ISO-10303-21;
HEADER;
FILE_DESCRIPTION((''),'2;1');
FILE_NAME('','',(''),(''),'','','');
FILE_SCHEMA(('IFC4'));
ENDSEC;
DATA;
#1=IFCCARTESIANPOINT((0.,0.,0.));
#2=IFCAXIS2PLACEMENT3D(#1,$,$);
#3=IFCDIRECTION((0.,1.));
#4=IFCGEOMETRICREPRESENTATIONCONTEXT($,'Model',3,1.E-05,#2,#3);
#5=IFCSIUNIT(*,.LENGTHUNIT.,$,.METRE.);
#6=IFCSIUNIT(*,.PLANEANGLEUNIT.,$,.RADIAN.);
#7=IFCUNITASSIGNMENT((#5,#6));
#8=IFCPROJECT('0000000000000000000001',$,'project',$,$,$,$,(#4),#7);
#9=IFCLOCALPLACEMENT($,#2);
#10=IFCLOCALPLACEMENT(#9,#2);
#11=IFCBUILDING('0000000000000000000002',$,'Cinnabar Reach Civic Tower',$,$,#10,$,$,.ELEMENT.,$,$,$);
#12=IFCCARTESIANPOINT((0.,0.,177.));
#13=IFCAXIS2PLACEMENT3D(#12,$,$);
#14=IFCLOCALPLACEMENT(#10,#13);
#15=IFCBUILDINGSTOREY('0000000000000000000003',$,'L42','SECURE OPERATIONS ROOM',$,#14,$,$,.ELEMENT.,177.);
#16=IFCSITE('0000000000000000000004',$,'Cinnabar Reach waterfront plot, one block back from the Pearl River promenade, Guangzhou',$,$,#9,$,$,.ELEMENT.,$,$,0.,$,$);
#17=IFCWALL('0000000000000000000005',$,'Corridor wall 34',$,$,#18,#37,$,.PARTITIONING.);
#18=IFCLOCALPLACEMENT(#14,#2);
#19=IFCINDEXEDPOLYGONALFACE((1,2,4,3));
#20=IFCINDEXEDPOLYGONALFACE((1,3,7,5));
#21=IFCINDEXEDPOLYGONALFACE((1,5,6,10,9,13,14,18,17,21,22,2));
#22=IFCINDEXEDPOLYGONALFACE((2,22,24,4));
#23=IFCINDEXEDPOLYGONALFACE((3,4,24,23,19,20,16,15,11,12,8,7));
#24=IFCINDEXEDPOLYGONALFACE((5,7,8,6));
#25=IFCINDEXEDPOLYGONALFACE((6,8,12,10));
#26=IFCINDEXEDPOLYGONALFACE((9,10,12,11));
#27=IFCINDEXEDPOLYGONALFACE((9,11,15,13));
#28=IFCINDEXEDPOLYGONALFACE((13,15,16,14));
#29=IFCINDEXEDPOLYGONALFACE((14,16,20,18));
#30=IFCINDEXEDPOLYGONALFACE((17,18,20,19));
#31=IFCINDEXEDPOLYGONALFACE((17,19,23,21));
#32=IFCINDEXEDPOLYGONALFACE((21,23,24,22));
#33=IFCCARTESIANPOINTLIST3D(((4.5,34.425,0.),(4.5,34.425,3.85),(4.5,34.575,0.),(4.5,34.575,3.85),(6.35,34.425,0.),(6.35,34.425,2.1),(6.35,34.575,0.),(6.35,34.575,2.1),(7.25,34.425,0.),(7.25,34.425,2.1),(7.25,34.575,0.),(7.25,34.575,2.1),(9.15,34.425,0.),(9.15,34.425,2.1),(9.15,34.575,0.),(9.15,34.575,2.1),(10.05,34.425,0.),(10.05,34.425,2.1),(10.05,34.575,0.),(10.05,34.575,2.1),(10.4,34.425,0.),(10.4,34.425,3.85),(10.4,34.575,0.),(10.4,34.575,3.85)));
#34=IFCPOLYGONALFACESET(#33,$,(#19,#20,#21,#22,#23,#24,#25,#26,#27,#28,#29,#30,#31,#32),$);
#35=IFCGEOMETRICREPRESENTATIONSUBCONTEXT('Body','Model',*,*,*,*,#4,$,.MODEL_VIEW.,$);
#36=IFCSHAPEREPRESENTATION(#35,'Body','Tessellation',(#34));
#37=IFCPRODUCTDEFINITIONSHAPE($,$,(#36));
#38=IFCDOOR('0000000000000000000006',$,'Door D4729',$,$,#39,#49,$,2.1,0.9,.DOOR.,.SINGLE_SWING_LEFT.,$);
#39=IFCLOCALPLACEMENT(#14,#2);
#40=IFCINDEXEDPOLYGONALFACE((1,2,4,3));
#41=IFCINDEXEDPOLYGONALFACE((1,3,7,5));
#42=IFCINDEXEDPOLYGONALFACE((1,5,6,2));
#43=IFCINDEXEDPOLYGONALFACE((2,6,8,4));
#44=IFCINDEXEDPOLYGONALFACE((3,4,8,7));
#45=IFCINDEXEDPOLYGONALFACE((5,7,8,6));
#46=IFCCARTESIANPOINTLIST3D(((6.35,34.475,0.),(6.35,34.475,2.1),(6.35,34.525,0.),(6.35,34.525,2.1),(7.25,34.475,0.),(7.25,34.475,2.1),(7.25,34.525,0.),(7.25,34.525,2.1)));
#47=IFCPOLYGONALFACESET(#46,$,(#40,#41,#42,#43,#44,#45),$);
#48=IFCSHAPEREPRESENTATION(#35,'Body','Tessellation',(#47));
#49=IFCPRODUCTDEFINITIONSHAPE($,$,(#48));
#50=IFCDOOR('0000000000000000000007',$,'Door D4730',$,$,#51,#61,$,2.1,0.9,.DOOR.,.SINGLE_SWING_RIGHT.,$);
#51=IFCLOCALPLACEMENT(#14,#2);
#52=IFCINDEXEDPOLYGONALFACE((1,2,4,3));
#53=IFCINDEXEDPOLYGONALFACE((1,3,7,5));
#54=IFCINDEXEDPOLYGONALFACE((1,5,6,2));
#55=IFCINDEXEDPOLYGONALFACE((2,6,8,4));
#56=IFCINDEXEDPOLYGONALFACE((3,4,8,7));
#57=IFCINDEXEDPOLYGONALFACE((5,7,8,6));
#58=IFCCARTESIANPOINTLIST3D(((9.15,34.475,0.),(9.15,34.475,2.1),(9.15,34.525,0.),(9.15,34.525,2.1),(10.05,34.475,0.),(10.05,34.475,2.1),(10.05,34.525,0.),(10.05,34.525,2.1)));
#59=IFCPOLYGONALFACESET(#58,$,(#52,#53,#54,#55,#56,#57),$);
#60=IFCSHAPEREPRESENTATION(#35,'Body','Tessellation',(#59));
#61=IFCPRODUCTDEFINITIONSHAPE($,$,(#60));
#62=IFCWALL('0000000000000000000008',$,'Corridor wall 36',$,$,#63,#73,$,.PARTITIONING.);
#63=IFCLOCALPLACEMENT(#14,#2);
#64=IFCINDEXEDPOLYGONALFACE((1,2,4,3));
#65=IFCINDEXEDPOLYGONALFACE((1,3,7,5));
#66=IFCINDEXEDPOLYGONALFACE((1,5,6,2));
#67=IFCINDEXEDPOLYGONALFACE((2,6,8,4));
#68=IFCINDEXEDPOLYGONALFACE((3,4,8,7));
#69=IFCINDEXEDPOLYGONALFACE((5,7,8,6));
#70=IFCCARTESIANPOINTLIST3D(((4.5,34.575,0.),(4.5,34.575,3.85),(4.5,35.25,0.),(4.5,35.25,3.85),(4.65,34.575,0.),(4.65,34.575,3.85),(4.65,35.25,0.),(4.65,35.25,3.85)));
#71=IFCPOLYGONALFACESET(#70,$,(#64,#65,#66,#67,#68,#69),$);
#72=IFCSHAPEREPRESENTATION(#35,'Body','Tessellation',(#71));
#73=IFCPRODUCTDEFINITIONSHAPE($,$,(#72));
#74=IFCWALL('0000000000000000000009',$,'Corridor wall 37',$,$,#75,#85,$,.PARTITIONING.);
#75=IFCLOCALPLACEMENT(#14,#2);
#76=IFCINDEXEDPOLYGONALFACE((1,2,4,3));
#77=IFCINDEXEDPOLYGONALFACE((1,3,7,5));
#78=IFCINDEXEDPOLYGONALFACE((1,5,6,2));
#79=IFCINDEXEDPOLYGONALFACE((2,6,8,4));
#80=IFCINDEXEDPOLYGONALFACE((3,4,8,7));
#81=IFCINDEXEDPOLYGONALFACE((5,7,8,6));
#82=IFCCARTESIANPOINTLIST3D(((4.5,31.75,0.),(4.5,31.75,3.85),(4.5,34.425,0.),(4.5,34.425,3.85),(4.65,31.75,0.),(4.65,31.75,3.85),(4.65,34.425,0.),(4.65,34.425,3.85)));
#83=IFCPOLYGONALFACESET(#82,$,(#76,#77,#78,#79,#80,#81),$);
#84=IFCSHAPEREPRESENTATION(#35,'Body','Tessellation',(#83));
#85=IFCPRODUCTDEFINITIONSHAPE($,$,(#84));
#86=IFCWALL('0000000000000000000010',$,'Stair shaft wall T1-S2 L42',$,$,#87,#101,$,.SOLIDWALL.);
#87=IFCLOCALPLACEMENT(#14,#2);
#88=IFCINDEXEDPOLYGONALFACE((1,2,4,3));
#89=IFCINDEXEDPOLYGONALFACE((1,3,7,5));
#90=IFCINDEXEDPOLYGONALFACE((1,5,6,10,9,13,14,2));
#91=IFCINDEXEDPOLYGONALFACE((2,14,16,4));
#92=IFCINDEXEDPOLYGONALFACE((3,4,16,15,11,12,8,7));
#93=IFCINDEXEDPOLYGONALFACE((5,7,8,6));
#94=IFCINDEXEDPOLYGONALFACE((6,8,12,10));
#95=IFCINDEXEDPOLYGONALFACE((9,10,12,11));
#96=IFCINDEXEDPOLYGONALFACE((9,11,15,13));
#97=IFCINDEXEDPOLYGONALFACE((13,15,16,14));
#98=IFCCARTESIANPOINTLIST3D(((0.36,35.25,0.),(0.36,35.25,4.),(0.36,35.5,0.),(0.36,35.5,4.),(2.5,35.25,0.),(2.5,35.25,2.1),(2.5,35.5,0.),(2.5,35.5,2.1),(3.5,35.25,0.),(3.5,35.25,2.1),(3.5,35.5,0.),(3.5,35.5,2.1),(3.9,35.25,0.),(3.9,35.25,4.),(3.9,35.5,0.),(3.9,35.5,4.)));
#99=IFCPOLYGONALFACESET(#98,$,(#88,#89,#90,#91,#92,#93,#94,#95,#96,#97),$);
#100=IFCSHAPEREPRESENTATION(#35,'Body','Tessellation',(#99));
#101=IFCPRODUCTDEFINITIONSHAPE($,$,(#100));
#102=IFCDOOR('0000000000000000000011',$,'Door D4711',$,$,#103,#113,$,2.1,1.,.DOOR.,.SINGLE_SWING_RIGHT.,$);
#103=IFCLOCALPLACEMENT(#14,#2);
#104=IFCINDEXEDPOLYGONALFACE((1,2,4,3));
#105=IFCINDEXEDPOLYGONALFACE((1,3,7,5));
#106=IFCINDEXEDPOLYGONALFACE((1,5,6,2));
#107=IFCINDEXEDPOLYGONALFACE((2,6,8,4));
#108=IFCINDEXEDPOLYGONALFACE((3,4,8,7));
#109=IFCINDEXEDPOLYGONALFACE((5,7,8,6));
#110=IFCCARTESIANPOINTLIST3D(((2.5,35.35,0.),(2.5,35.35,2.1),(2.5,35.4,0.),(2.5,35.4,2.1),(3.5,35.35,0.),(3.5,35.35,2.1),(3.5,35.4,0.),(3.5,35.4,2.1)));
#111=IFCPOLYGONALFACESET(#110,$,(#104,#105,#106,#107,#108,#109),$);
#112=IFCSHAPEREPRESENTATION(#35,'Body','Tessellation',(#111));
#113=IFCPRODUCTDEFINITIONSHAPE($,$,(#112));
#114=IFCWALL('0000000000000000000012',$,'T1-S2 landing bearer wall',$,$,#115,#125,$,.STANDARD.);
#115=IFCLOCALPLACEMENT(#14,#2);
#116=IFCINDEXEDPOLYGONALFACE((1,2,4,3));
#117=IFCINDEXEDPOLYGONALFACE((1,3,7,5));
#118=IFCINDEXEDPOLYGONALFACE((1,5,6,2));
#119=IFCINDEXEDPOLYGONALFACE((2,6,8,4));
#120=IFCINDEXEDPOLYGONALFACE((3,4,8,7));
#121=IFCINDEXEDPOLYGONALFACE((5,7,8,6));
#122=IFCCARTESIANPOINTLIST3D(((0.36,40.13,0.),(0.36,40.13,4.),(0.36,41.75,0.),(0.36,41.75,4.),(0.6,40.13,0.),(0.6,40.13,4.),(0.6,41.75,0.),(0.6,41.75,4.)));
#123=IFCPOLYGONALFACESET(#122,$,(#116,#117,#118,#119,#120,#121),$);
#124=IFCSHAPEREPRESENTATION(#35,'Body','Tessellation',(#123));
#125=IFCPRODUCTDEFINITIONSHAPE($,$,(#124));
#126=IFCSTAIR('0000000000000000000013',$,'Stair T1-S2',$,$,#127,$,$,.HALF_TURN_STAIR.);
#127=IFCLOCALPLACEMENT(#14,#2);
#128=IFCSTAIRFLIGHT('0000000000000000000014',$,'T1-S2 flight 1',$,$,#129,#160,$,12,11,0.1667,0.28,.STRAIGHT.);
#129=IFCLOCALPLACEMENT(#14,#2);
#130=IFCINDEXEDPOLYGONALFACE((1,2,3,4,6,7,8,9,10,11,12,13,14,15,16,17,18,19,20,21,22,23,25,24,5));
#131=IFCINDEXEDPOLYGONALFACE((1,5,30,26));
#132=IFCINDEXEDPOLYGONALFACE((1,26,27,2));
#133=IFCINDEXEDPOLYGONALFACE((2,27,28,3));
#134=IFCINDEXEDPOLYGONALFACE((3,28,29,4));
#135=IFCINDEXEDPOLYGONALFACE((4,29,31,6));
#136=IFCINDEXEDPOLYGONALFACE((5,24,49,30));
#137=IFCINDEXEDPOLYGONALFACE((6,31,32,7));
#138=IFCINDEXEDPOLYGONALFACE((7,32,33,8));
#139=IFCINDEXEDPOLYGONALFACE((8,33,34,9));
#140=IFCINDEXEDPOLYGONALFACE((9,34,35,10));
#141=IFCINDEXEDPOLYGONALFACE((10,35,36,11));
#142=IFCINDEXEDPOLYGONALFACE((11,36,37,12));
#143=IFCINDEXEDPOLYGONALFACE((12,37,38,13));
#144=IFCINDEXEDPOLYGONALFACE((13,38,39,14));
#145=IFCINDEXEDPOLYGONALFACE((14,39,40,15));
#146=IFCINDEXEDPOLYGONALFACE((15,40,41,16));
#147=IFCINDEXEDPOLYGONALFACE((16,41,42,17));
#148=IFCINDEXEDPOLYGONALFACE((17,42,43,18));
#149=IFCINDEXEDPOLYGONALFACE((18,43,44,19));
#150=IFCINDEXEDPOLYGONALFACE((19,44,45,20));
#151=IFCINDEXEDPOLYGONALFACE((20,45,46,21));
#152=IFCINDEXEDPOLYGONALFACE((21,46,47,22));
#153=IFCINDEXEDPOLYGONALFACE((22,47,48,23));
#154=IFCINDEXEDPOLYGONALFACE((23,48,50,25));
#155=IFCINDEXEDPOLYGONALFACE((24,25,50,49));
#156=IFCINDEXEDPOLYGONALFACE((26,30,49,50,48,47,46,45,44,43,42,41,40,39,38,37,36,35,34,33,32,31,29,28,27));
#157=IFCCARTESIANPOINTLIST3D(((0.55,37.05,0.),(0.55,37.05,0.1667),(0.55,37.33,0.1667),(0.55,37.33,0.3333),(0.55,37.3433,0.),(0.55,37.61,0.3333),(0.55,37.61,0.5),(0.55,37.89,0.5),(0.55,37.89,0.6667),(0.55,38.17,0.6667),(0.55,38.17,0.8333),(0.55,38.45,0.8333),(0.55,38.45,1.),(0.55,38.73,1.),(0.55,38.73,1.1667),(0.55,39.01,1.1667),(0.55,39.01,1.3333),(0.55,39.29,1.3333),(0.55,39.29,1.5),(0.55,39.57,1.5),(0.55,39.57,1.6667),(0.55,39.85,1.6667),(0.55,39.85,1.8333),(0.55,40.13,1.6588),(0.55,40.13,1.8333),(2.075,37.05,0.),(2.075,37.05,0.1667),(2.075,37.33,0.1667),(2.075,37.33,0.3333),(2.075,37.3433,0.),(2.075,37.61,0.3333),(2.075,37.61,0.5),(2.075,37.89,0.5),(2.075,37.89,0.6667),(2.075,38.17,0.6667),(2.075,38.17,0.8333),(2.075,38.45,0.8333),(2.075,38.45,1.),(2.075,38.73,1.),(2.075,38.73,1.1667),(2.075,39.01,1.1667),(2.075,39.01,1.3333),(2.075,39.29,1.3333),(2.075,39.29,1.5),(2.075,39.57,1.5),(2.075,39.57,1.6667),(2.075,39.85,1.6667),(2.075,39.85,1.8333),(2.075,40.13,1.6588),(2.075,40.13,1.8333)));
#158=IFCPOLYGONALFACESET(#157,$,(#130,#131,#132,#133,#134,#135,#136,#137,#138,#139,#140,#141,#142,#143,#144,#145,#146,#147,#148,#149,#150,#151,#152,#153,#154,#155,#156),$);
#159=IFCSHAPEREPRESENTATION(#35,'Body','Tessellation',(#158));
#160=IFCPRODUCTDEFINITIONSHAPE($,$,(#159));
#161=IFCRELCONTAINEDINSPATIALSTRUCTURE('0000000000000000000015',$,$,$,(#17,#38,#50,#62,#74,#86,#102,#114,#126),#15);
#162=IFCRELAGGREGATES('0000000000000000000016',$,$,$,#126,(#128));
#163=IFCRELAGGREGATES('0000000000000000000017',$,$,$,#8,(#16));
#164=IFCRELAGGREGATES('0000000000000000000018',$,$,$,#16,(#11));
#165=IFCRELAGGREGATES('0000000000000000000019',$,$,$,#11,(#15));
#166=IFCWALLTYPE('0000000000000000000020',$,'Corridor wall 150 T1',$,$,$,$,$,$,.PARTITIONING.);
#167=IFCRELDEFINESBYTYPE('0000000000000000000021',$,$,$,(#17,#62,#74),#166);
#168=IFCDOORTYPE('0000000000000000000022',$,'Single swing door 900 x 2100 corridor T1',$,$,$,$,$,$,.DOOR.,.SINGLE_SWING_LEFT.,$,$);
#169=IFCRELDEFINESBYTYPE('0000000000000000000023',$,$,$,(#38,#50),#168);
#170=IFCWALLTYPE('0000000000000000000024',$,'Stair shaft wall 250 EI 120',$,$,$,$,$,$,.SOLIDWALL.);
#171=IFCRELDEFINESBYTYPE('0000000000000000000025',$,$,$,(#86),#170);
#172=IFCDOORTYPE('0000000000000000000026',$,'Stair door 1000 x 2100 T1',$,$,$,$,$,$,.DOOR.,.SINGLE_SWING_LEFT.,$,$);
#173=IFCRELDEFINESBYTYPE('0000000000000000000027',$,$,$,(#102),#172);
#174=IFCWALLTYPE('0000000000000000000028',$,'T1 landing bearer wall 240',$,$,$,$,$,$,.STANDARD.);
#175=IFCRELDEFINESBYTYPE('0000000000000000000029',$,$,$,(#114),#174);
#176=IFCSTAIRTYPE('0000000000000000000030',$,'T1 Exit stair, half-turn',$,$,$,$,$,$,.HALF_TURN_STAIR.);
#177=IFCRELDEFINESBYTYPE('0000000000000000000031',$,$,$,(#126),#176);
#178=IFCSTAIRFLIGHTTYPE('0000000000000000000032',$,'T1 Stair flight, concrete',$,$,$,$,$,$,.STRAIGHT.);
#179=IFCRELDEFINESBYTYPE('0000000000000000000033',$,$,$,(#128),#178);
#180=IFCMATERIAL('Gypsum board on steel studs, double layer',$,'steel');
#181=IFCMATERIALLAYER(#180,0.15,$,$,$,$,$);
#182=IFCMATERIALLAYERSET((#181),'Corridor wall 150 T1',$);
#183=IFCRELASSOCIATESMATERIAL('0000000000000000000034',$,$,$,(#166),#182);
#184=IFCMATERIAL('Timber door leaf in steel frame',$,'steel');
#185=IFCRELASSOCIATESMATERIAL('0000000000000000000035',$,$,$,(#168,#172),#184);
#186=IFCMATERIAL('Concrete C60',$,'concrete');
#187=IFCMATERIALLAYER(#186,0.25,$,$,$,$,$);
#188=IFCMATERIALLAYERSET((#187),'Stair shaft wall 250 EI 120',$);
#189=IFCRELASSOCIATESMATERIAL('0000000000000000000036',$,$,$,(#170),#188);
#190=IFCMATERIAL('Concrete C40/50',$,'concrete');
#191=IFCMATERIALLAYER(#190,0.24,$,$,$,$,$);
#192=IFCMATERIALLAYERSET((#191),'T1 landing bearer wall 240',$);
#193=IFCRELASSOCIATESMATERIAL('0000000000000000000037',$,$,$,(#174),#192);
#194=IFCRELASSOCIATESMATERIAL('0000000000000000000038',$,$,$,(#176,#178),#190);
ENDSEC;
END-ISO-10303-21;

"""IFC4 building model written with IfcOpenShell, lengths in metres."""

from ifc_helpers import new_model, si_unit, direction, frame, frame_2d, origin, place, context, subcontext, project, spatial, polyline, rectangle, outline, extrude, material, layer, layer_set, type_object, element, fill, aggregate, save


model = new_model("IFC4")

# Units and contexts
model_context = context("Model", 3, precision=1e-05, world=origin(), true_north=direction((0.0, 1.0)))
body_context = subcontext(model_context, "Body", "Model", "MODEL_VIEW")
ifc_project = project(units=[si_unit("LENGTHUNIT", "METRE"), si_unit("PLANEANGLEUNIT", "RADIAN")], contexts=[model_context])

# Site, building, storey
site_placement = place(None, origin())
site = spatial("IfcSite", under=ifc_project, at=site_placement, Name="Cinnabar Reach waterfront plot, one block back from the Pearl River promenade, Guangzhou", CompositionType="ELEMENT", RefElevation=0.0)
building_placement = place(site_placement, origin())
building = spatial("IfcBuilding", under=site, at=building_placement, Name="Cinnabar Reach Civic Tower", CompositionType="ELEMENT")
storey_placement = place(building_placement, frame((0.0, 0.0, 177.0)))
storey = spatial("IfcBuildingStorey", under=building, at=storey_placement, Name="L42", Description="SECURE OPERATIONS ROOM", CompositionType="ELEMENT", Elevation=177.0)

# Wall, openings, doors
ifc_material_1 = material(Name="Gypsum board on steel studs, double layer", Category="steel")
ifc_layer_1 = layer(ifc_material_1, 0.15)
ifc_layer_set_1 = layer_set([ifc_layer_1], Name="Corridor wall 150 T1")
wall_type_1 = type_object("IfcWallType", Name="Corridor wall 150 T1", PredefinedType="PARTITIONING", material=ifc_layer_set_1)
ifc_material_2 = material(Name="Timber door leaf in steel frame", Category="steel")
door_type_1 = type_object("IfcDoorType", Name="Single swing door 900 x 2100 corridor T1", OperationType="SINGLE_SWING_LEFT", PredefinedType="DOOR", material=ifc_material_2)
wall_1_placement = place(storey_placement, frame((4.5, 34.5, 0.0), z_axis=(0.0, 0.0, 1.0), x_axis=(1.0, 0.0, 0.0)))
wall_1 = element("IfcWall", 1, at=wall_1_placement, inside=storey, type_object=wall_type_1, Name="Corridor wall 34", PredefinedType="PARTITIONING", context=body_context, shape_type="SweptSolid", body=[
    extrude(rectangle(XDim=5.9, YDim=0.15, at=frame_2d((2.95, 0.0))), origin(), (0.0, 0.0, 1.0), 3.85),
])
opening_1_placement = place(wall_1_placement, frame((1.85, 0.0, 0.0)))
opening_1 = element("IfcOpeningElement", 2, at=opening_1_placement, cuts=wall_1, PredefinedType="OPENING", context=body_context, shape_type="SweptSolid", body=[
    extrude(rectangle(XDim=0.9, YDim=2.1, at=frame_2d((0.45, 1.05))), frame((0.0, 0.085, 0.0), z_axis=(0.0, -1.0, 0.0), x_axis=(1.0, 0.0, 0.0)), (0.0, 0.0, 1.0), 0.17),
])
opening_2_placement = place(wall_1_placement, frame((4.65, 0.0, 0.0)))
opening_2 = element("IfcOpeningElement", 3, at=opening_2_placement, cuts=wall_1, PredefinedType="OPENING", context=body_context, shape_type="SweptSolid", body=[
    extrude(rectangle(XDim=0.9, YDim=2.1, at=frame_2d((0.45, 1.05))), frame((0.0, 0.085, 0.0), z_axis=(0.0, -1.0, 0.0), x_axis=(1.0, 0.0, 0.0)), (0.0, 0.0, 1.0), 0.17),
])
door_1_placement = place(opening_1_placement, frame((0.9, 0.0, 0.0), z_axis=(0.0, 0.0, 1.0), x_axis=(-1.0, 0.0, 0.0)))
door_1 = element("IfcDoor", 4, at=door_1_placement, inside=storey, type_object=door_type_1, Name="Door D4729", OperationType="SINGLE_SWING_LEFT", OverallHeight=2.1, OverallWidth=0.9, PredefinedType="DOOR", context=body_context, shape_type="SweptSolid", body=[
    extrude(rectangle(XDim=0.9, YDim=2.1, at=frame_2d((0.45, 1.05))), frame((0.0, 0.025, 0.0), z_axis=(0.0, -1.0, 0.0), x_axis=(1.0, 0.0, 0.0)), (0.0, 0.0, 1.0), 0.05),
])
fill(opening_1, door_1)
door_2_placement = place(opening_2_placement, frame((0.9, 0.0, 0.0), z_axis=(0.0, 0.0, 1.0), x_axis=(-1.0, 0.0, 0.0)))
door_2 = element("IfcDoor", 5, at=door_2_placement, inside=storey, type_object=door_type_1, Name="Door D4730", OperationType="SINGLE_SWING_RIGHT", OverallHeight=2.1, OverallWidth=0.9, PredefinedType="DOOR", context=body_context, shape_type="SweptSolid", body=[
    extrude(rectangle(XDim=0.9, YDim=2.1, at=frame_2d((0.45, 1.05))), frame((0.0, 0.025, 0.0), z_axis=(0.0, -1.0, 0.0), x_axis=(1.0, 0.0, 0.0)), (0.0, 0.0, 1.0), 0.05),
])
fill(opening_2, door_2)

# Walls
wall_2_placement = place(storey_placement, frame((4.575, 34.575, 0.0), z_axis=(0.0, 0.0, 1.0), x_axis=(0.0, 1.0, 0.0)))
element("IfcWall", 6, at=wall_2_placement, inside=storey, type_object=wall_type_1, Name="Corridor wall 36", PredefinedType="PARTITIONING", context=body_context, shape_type="SweptSolid", body=[
    extrude(rectangle(XDim=0.675, YDim=0.15, at=frame_2d((0.3375, 0.0))), origin(), (0.0, 0.0, 1.0), 3.85),
])
wall_3_placement = place(storey_placement, frame((4.575, 31.75, 0.0), z_axis=(0.0, 0.0, 1.0), x_axis=(0.0, 1.0, 0.0)))
element("IfcWall", 7, at=wall_3_placement, inside=storey, type_object=wall_type_1, Name="Corridor wall 37", PredefinedType="PARTITIONING", context=body_context, shape_type="SweptSolid", body=[
    extrude(rectangle(XDim=2.675, YDim=0.15, at=frame_2d((1.3375, 0.0))), origin(), (0.0, 0.0, 1.0), 3.85),
])

# Wall, opening, door
ifc_material_3 = material(Name="Concrete C60", Category="concrete")
ifc_layer_2 = layer(ifc_material_3, 0.25)
ifc_layer_set_2 = layer_set([ifc_layer_2], Name="Stair shaft wall 250 EI 120")
wall_type_2 = type_object("IfcWallType", Name="Stair shaft wall 250 EI 120", PredefinedType="SOLIDWALL", material=ifc_layer_set_2)
wall_4_placement = place(storey_placement, frame((0.36, 35.375, 0.0), z_axis=(0.0, 0.0, 1.0), x_axis=(1.0, 0.0, 0.0)))
wall_4 = element("IfcWall", 8, at=wall_4_placement, inside=storey, type_object=wall_type_2, Name="Stair shaft wall T1-S2 L42", PredefinedType="SOLIDWALL", context=body_context, shape_type="SweptSolid", body=[
    extrude(rectangle(XDim=3.54, YDim=0.25, at=frame_2d((1.77, 0.0))), origin(), (0.0, 0.0, 1.0), 4.0),
])
opening_3_placement = place(wall_4_placement, frame((2.14, 0.0, 0.0)))
opening_3 = element("IfcOpeningElement", 9, at=opening_3_placement, cuts=wall_4, PredefinedType="OPENING", context=body_context, shape_type="SweptSolid", body=[
    extrude(rectangle(XDim=1.0, YDim=2.1, at=frame_2d((0.5, 1.05))), frame((0.0, 0.135, 0.0), z_axis=(0.0, -1.0, 0.0), x_axis=(1.0, 0.0, 0.0)), (0.0, 0.0, 1.0), 0.27),
])
door_type_2 = type_object("IfcDoorType", Name="Stair door 1000 x 2100 T1", OperationType="SINGLE_SWING_LEFT", PredefinedType="DOOR", material=ifc_material_2)
door_3_placement = place(opening_3_placement, origin())
door_3 = element("IfcDoor", 10, at=door_3_placement, inside=storey, type_object=door_type_2, Name="Door D4711", OperationType="SINGLE_SWING_RIGHT", OverallHeight=2.1, OverallWidth=1.0, PredefinedType="DOOR", context=body_context, shape_type="SweptSolid", body=[
    extrude(rectangle(XDim=1.0, YDim=2.1, at=frame_2d((0.5, 1.05))), frame((0.0, 0.025, 0.0), z_axis=(0.0, -1.0, 0.0), x_axis=(1.0, 0.0, 0.0)), (0.0, 0.0, 1.0), 0.05),
])
fill(opening_3, door_3)

# Wall
ifc_material_4 = material(Name="Concrete C40/50", Category="concrete")
ifc_layer_3 = layer(ifc_material_4, 0.24)
ifc_layer_set_3 = layer_set([ifc_layer_3], Name="T1 landing bearer wall 240")
wall_type_3 = type_object("IfcWallType", Name="T1 landing bearer wall 240", PredefinedType="STANDARD", material=ifc_layer_set_3)
wall_5_placement = place(storey_placement, frame((0.48, 40.13, 0.0), z_axis=(0.0, 0.0, 1.0), x_axis=(0.0, 1.0, 0.0)))
element("IfcWall", 11, at=wall_5_placement, inside=storey, type_object=wall_type_3, Name="T1-S2 landing bearer wall", PredefinedType="STANDARD", context=body_context, shape_type="SweptSolid", body=[
    extrude(rectangle(XDim=1.62, YDim=0.24, at=frame_2d((0.81, 0.0))), origin(), (0.0, 0.0, 1.0), 4.0),
])

# Stair, stair flight
stair_type = type_object("IfcStairType", Name="T1 Exit stair, half-turn", PredefinedType="HALF_TURN_STAIR", material=ifc_material_4)
stair_placement = place(storey_placement, origin())
stair = element("IfcStair", 12, at=stair_placement, inside=storey, type_object=stair_type, Name="Stair T1-S2", PredefinedType="HALF_TURN_STAIR")
stair_flight_type = type_object("IfcStairFlightType", Name="T1 Stair flight, concrete", PredefinedType="STRAIGHT", material=ifc_material_4)
stair_flight_1_placement = place(storey_placement, frame((1.3125, 37.05, 0.0), z_axis=(0.0, 0.0, 1.0), x_axis=(0.0, 1.0, 0.0)))
stair_flight_1 = element("IfcStairFlight", 13, at=stair_flight_1_placement, type_object=stair_flight_type, Name="T1-S2 flight 1", NumberOfRisers=12, NumberOfTreads=11, PredefinedType="STRAIGHT", RiserHeight=0.1667, TreadLength=0.28, context=body_context, shape_type="SweptSolid", body=[
    extrude(outline(polyline([(0.0, 0.0), (0.0, 0.1667), (0.28, 0.1667), (0.28, 0.3333), (0.56, 0.3333), (0.56, 0.5), (0.84, 0.5), (0.84, 0.6667), (1.12, 0.6667), (1.12, 0.8333), (1.4, 0.8333), (1.4, 1.0), (1.68, 1.0), (1.68, 1.1667), (1.96, 1.1667), (1.96, 1.3333), (2.24, 1.3333), (2.24, 1.5), (2.52, 1.5), (2.52, 1.6667), (2.8, 1.6667), (2.8, 1.8333), (3.08, 1.8333), (3.08, 2.0), (3.08, 1.6588), (0.2933, 0.0), (0.0, 0.0)])), frame((0.0, 0.7625, 0.0), z_axis=(0.0, -1.0, 0.0), x_axis=(1.0, 0.0, 0.0)), (0.0, 0.0, 1.0), 1.525),
])
aggregate(stair, [stair_flight_1])

save(model, "model.ifc")
